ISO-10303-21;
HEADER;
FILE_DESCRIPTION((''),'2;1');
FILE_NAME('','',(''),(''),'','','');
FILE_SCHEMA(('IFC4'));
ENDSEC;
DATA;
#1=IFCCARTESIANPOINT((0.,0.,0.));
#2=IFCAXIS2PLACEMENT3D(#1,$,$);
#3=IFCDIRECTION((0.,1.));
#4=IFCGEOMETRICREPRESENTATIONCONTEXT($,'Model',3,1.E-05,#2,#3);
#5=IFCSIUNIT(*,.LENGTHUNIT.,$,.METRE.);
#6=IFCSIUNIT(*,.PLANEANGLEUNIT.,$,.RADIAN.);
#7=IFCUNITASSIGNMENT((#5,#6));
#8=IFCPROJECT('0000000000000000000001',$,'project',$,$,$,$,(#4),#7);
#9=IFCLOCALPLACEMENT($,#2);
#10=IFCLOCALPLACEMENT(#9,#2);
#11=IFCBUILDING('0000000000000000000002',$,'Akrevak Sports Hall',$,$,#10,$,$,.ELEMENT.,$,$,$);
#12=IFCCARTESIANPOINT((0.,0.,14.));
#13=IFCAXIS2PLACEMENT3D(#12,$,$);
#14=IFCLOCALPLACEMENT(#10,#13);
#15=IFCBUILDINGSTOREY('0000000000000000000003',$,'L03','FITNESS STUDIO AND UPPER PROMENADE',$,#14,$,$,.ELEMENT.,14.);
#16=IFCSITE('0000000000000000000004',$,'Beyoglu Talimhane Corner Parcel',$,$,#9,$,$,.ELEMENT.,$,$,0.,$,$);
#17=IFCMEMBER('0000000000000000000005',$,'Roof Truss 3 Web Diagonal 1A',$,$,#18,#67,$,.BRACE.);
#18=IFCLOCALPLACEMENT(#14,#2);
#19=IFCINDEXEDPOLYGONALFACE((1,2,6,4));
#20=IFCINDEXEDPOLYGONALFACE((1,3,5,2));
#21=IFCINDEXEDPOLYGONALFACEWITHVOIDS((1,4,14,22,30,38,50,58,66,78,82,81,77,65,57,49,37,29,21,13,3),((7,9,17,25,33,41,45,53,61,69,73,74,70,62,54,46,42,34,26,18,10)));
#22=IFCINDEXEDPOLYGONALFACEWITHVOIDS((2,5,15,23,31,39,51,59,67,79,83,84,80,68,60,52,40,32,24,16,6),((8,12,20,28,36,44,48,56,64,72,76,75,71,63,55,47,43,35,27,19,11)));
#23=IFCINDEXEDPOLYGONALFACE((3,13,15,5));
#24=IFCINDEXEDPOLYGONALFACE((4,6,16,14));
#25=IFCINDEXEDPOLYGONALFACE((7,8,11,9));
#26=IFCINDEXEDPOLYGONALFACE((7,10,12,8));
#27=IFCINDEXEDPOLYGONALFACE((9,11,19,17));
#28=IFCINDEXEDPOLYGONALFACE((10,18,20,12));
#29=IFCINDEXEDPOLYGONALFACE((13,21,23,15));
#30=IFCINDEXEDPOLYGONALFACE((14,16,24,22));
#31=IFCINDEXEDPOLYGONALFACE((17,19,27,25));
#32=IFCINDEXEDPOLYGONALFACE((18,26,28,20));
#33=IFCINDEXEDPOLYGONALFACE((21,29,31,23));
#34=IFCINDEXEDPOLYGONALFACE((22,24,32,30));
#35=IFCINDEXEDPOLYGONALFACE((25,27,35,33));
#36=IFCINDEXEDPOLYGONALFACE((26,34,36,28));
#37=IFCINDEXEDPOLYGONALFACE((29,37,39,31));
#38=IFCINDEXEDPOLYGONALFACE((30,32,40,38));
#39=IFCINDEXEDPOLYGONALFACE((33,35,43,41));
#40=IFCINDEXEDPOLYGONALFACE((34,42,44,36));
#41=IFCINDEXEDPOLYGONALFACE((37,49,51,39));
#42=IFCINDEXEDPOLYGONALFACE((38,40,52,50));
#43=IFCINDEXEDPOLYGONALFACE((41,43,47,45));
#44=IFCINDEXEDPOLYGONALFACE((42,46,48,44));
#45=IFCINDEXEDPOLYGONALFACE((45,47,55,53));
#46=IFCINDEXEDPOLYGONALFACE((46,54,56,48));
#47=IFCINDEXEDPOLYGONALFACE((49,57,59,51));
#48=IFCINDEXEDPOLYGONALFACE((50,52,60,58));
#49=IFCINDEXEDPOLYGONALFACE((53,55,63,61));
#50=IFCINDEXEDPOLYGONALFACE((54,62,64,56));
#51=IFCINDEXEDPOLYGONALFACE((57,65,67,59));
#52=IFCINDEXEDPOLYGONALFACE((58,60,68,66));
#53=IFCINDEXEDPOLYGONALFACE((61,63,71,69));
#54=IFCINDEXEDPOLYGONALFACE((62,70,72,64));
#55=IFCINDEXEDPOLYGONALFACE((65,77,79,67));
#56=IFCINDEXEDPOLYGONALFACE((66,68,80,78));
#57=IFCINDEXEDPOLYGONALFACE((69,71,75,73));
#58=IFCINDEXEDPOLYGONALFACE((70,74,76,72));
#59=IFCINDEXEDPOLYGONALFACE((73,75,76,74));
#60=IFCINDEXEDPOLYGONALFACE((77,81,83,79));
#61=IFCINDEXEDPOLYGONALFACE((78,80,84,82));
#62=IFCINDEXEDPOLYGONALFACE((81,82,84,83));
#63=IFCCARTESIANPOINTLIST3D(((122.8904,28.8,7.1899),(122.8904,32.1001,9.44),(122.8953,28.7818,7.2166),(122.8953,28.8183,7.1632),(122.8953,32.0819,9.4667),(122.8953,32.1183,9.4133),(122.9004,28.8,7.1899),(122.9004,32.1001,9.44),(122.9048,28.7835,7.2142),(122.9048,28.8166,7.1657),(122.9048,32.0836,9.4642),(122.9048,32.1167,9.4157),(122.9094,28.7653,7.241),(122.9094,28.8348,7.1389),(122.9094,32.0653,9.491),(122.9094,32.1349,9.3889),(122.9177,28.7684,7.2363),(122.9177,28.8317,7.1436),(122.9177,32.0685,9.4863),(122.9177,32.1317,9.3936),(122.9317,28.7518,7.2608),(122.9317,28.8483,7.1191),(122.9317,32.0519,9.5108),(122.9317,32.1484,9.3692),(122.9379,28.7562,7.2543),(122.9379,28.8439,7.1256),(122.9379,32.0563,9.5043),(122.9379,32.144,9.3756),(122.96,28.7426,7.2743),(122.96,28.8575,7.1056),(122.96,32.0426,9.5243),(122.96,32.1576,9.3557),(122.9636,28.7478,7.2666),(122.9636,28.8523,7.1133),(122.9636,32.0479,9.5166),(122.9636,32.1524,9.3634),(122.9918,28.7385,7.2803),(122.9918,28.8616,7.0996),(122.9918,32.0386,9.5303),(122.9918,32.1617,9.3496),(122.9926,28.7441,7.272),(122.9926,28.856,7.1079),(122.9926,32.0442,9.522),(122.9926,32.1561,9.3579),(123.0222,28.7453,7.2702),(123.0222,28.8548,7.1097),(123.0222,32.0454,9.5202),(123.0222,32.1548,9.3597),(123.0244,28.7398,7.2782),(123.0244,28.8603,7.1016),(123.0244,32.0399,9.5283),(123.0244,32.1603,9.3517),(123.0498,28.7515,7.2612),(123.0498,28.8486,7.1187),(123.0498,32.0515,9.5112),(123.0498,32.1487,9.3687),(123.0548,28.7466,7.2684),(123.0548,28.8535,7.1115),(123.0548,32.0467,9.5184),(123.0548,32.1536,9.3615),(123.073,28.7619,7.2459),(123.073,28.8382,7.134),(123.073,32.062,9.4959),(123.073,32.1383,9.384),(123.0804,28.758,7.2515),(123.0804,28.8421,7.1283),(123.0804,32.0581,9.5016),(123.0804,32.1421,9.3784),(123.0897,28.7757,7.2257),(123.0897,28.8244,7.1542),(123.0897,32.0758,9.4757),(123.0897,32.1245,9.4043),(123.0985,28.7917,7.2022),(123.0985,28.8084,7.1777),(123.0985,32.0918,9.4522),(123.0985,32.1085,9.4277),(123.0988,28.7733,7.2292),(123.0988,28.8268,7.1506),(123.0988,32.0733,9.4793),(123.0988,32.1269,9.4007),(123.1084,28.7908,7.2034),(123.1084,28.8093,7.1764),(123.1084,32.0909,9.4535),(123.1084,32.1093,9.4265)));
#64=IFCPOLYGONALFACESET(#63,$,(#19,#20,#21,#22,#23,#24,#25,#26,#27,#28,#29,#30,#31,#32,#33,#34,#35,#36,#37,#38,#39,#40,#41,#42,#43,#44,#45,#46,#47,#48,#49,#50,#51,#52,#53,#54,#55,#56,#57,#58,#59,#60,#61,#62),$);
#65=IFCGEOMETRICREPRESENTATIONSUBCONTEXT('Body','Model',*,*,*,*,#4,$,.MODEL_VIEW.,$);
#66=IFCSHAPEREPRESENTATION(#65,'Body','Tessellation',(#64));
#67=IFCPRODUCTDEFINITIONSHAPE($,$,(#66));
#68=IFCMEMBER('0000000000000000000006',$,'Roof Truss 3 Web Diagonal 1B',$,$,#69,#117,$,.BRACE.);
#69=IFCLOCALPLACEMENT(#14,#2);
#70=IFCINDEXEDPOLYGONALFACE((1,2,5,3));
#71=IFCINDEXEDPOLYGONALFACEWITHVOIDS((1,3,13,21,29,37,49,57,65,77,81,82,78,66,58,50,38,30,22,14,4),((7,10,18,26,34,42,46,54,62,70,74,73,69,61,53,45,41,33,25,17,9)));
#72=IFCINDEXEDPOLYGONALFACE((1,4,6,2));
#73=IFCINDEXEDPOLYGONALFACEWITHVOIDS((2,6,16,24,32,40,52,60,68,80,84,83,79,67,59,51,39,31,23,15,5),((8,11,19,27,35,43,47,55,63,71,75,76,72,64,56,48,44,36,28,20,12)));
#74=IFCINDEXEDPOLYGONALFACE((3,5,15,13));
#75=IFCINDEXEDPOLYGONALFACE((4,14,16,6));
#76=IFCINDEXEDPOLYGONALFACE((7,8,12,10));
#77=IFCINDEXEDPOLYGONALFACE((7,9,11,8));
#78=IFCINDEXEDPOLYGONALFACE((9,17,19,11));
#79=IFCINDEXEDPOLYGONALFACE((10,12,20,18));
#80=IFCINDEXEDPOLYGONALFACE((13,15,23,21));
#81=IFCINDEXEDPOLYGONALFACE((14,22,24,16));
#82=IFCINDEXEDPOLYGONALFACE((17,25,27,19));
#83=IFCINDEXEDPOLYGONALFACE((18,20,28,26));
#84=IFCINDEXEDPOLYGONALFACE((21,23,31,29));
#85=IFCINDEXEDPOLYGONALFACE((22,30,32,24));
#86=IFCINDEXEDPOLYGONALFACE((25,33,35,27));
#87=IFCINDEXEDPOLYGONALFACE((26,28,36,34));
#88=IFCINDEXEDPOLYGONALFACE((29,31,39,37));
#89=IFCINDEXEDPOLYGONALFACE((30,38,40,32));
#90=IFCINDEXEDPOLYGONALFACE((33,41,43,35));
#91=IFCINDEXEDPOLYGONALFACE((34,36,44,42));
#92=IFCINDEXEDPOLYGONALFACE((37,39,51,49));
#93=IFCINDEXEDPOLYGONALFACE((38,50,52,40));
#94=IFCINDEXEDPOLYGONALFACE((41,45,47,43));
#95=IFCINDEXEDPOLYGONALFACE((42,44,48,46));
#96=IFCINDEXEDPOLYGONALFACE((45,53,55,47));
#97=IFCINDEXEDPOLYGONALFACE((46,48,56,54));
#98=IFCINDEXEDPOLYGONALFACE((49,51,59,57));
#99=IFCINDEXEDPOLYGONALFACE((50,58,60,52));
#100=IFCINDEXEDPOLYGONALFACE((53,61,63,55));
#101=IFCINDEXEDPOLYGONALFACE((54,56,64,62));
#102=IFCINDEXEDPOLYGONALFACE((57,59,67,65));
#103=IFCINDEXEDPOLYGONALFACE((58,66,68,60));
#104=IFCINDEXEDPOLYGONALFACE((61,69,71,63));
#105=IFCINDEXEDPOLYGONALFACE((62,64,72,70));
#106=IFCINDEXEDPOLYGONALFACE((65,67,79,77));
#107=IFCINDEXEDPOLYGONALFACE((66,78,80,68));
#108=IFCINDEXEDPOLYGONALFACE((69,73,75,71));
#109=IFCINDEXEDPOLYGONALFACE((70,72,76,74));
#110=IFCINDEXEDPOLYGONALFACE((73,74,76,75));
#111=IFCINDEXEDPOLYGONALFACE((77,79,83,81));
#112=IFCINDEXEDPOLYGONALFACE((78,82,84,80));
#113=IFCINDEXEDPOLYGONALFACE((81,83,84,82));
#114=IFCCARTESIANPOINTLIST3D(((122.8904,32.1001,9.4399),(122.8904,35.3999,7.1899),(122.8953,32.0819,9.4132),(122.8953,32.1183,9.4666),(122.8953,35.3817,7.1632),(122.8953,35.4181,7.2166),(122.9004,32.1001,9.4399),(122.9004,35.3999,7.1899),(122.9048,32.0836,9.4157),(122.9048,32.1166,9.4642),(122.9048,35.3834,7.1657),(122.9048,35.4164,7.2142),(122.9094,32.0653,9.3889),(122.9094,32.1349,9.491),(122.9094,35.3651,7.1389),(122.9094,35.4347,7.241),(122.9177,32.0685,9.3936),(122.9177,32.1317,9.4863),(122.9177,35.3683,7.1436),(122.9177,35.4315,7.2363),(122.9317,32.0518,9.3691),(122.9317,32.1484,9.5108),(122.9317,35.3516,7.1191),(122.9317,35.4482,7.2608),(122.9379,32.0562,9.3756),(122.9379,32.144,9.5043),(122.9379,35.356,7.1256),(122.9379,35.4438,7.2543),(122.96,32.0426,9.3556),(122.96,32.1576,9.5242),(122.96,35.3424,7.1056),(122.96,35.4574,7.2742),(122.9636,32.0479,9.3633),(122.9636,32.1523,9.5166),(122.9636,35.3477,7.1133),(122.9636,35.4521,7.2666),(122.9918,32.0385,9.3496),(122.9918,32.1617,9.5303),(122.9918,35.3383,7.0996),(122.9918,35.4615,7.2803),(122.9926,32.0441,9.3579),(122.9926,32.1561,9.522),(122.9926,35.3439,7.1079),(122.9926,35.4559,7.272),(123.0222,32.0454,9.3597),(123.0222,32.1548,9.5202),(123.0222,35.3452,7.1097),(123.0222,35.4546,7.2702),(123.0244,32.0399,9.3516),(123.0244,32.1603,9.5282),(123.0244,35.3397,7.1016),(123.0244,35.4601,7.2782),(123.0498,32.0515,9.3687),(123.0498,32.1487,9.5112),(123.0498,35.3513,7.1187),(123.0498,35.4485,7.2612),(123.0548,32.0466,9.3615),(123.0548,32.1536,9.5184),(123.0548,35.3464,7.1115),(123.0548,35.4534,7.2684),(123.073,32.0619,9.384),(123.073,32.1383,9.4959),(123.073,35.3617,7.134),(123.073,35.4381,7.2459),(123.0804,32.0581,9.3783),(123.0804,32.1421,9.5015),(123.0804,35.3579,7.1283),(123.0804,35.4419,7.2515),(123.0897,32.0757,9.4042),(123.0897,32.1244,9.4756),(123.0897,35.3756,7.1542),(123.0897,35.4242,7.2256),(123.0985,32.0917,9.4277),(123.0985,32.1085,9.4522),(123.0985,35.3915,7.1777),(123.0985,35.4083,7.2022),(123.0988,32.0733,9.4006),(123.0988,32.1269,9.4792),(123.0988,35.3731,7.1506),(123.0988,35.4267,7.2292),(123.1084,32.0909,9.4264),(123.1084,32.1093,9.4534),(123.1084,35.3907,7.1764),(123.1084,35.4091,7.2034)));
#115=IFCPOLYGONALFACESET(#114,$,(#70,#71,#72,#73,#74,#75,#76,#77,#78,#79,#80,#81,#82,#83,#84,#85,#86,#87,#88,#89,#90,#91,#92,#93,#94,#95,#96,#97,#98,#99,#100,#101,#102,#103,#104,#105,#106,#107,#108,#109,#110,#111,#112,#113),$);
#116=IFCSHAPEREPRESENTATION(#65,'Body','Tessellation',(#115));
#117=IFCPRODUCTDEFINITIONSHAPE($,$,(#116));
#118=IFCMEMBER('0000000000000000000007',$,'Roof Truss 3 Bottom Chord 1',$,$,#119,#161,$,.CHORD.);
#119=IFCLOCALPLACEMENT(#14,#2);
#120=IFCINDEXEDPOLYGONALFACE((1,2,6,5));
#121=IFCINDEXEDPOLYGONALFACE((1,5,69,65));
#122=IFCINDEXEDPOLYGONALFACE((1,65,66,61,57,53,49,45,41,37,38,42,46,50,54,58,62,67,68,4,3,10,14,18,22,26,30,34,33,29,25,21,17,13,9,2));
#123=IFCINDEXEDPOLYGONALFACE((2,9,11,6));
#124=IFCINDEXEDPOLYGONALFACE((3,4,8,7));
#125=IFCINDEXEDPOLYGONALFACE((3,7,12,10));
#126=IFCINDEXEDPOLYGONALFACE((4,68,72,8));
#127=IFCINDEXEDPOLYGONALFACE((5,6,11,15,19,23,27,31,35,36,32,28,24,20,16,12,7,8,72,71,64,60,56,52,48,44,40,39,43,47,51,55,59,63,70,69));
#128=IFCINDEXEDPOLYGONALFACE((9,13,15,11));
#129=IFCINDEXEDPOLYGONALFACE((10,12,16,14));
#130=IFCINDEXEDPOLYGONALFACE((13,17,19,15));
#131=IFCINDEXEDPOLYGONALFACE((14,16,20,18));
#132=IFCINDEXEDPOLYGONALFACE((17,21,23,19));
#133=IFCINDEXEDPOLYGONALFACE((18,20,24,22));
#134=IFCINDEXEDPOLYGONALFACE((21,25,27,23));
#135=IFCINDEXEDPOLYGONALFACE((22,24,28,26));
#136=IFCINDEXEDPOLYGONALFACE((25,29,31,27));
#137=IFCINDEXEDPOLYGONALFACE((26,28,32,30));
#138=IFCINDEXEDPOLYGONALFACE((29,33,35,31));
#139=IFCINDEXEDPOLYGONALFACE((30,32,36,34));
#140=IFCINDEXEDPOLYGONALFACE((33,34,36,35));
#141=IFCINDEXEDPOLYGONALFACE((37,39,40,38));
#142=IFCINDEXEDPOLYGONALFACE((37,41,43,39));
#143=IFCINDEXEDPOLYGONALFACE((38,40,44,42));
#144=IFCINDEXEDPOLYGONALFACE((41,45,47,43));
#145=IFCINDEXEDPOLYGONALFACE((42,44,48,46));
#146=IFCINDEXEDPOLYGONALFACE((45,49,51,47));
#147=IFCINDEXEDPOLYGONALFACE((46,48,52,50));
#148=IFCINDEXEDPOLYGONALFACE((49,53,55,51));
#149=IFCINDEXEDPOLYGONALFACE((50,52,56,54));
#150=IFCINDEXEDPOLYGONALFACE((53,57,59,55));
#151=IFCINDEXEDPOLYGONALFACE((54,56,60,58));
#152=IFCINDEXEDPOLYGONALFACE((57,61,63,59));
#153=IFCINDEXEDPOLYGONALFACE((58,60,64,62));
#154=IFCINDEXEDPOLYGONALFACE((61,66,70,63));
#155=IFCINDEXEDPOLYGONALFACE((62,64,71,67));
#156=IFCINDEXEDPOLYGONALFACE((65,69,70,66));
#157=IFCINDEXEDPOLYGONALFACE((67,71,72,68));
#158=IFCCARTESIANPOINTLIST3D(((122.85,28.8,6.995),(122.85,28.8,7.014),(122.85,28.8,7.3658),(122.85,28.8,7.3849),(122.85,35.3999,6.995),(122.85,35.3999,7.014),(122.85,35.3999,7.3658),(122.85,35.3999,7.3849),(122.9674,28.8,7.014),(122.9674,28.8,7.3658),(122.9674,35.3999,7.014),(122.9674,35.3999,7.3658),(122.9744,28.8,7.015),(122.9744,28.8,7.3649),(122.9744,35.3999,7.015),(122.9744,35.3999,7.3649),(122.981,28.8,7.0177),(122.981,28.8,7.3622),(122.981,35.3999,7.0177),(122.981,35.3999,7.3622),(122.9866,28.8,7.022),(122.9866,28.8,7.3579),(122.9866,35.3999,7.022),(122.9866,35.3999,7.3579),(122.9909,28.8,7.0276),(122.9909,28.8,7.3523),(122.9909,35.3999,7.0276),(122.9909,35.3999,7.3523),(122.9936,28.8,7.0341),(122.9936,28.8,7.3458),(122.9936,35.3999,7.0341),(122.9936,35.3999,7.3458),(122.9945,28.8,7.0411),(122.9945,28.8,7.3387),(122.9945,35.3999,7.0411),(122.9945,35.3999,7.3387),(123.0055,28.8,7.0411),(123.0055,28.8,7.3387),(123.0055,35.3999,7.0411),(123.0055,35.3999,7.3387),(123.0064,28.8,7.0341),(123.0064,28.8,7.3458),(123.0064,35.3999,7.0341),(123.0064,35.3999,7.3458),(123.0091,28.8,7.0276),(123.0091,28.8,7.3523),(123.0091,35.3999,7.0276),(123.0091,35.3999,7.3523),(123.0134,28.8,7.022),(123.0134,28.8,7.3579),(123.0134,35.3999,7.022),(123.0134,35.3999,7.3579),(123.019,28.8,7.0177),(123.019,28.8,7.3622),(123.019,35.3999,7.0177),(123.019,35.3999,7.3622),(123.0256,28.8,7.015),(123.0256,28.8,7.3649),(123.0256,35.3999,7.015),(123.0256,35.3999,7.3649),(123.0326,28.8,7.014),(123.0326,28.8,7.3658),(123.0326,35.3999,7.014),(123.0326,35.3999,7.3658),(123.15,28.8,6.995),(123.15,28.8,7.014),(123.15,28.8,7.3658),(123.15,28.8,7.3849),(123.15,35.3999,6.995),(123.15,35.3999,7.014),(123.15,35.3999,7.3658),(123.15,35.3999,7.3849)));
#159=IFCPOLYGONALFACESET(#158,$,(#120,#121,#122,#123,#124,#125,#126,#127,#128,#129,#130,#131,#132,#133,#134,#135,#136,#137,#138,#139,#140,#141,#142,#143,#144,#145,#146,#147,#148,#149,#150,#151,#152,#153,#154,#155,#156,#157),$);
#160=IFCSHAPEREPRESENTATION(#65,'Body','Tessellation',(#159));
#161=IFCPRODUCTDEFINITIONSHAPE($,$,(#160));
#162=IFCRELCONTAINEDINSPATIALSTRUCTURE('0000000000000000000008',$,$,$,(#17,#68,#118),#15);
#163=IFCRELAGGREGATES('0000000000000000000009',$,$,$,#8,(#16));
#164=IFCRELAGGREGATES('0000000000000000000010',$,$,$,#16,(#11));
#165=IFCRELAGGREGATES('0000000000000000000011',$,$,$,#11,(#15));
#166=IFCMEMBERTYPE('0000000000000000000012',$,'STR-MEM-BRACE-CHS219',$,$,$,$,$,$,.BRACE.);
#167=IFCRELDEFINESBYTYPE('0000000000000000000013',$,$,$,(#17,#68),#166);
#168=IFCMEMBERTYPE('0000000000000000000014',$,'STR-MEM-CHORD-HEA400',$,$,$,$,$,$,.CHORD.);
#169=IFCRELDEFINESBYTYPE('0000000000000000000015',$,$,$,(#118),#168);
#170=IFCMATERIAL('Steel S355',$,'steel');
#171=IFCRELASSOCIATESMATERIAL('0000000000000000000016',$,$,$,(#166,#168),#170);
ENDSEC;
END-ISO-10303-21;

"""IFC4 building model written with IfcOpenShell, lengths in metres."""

from ifc_helpers import new_model, si_unit, direction, frame, origin, origin_2d, place, context, subcontext, project, spatial, hollow_circle, i_section, extrude, material, material_profile, profile_set, type_object, element, save


model = new_model("IFC4")

# Units and contexts
model_context = context("Model", 3, precision=1e-05, world=origin(), true_north=direction((0.0, 1.0)))
body_context = subcontext(model_context, "Body", "Model", "MODEL_VIEW")
ifc_project = project(units=[si_unit("LENGTHUNIT", "METRE"), si_unit("PLANEANGLEUNIT", "RADIAN")], contexts=[model_context])

# Site, building, storey
site_placement = place(None, origin())
site = spatial("IfcSite", under=ifc_project, at=site_placement, Name="Beyoglu Talimhane Corner Parcel", CompositionType="ELEMENT", RefElevation=0.0)
building_placement = place(site_placement, origin())
building = spatial("IfcBuilding", under=site, at=building_placement, Name="Akrevak Sports Hall", CompositionType="ELEMENT")
storey_placement = place(building_placement, frame((0.0, 0.0, 14.0)))
storey = spatial("IfcBuildingStorey", under=building, at=storey_placement, Name="L03", Description="FITNESS STUDIO AND UPPER PROMENADE", CompositionType="ELEMENT", Elevation=14.0)

# Members
ifc_material_1 = material(Name="Steel S355", Category="steel")
ifc_material_profile_1 = material_profile(ifc_material_1, hollow_circle(Radius=0.1096, WallThickness=0.01, at=origin_2d()), Name="CHS 219.1x10", Category="steel")
ifc_profile_set_1 = profile_set([ifc_material_profile_1], Name="Steel S355")
member_type_1 = type_object("IfcMemberType", Name="STR-MEM-BRACE-CHS219", PredefinedType="BRACE", material=ifc_profile_set_1)
member_1_placement = place(storey_placement, frame((123.0, 28.8, 7.1899), z_axis=(0.0, 0.826231, 0.563331), x_axis=(-1.0, 0.0, 0.0)))
element("IfcMember", 1, at=member_1_placement, inside=storey, type_object=member_type_1, Name="Roof Truss 3 Web Diagonal 1A", PredefinedType="BRACE", context=body_context, shape_type="SweptSolid", body=[
    extrude(hollow_circle(Radius=0.1096, WallThickness=0.01, at=origin_2d()), origin(), (0.0, 0.0, 1.0), 3.9941),
])
member_2_placement = place(storey_placement, frame((123.0, 32.1001, 9.4399), z_axis=(0.0, 0.826212, -0.56336), x_axis=(-1.0, 0.0, 0.0)))
element("IfcMember", 2, at=member_2_placement, inside=storey, type_object=member_type_1, Name="Roof Truss 3 Web Diagonal 1B", PredefinedType="BRACE", context=body_context, shape_type="SweptSolid", body=[
    extrude(hollow_circle(Radius=0.1096, WallThickness=0.01, at=origin_2d()), origin(), (0.0, 0.0, 1.0), 3.9939),
])
ifc_material_profile_2 = material_profile(ifc_material_1, i_section(OverallWidth=0.3, OverallDepth=0.3899, WebThickness=0.011, FlangeThickness=0.019, FilletRadius=0.0271, at=origin_2d()), Name="HEA 400", Category="steel")
ifc_profile_set_2 = profile_set([ifc_material_profile_2], Name="Steel S355")
member_type_2 = type_object("IfcMemberType", Name="STR-MEM-CHORD-HEA400", PredefinedType="CHORD", material=ifc_profile_set_2)
for number, where, z_axis, x_axis, name in (
    (3, (123.0, 28.8, 7.1899), (0.0, 1.0, 0.0), (-1.0, 0.0, 0.0), "Roof Truss 3 Bottom Chord 1"),
):
    element("IfcMember", number, at=place(storey_placement, frame(where, z_axis=z_axis, x_axis=x_axis)), inside=storey, type_object=member_type_2, Name=name, PredefinedType="CHORD", context=body_context, shape_type="SweptSolid", body=[
        extrude(i_section(OverallWidth=0.3, OverallDepth=0.3899, WebThickness=0.011, FlangeThickness=0.019, FilletRadius=0.0271, at=origin_2d()), origin(), (0.0, 0.0, 1.0), 6.5999),
    ])

save(model, "model.ifc")
